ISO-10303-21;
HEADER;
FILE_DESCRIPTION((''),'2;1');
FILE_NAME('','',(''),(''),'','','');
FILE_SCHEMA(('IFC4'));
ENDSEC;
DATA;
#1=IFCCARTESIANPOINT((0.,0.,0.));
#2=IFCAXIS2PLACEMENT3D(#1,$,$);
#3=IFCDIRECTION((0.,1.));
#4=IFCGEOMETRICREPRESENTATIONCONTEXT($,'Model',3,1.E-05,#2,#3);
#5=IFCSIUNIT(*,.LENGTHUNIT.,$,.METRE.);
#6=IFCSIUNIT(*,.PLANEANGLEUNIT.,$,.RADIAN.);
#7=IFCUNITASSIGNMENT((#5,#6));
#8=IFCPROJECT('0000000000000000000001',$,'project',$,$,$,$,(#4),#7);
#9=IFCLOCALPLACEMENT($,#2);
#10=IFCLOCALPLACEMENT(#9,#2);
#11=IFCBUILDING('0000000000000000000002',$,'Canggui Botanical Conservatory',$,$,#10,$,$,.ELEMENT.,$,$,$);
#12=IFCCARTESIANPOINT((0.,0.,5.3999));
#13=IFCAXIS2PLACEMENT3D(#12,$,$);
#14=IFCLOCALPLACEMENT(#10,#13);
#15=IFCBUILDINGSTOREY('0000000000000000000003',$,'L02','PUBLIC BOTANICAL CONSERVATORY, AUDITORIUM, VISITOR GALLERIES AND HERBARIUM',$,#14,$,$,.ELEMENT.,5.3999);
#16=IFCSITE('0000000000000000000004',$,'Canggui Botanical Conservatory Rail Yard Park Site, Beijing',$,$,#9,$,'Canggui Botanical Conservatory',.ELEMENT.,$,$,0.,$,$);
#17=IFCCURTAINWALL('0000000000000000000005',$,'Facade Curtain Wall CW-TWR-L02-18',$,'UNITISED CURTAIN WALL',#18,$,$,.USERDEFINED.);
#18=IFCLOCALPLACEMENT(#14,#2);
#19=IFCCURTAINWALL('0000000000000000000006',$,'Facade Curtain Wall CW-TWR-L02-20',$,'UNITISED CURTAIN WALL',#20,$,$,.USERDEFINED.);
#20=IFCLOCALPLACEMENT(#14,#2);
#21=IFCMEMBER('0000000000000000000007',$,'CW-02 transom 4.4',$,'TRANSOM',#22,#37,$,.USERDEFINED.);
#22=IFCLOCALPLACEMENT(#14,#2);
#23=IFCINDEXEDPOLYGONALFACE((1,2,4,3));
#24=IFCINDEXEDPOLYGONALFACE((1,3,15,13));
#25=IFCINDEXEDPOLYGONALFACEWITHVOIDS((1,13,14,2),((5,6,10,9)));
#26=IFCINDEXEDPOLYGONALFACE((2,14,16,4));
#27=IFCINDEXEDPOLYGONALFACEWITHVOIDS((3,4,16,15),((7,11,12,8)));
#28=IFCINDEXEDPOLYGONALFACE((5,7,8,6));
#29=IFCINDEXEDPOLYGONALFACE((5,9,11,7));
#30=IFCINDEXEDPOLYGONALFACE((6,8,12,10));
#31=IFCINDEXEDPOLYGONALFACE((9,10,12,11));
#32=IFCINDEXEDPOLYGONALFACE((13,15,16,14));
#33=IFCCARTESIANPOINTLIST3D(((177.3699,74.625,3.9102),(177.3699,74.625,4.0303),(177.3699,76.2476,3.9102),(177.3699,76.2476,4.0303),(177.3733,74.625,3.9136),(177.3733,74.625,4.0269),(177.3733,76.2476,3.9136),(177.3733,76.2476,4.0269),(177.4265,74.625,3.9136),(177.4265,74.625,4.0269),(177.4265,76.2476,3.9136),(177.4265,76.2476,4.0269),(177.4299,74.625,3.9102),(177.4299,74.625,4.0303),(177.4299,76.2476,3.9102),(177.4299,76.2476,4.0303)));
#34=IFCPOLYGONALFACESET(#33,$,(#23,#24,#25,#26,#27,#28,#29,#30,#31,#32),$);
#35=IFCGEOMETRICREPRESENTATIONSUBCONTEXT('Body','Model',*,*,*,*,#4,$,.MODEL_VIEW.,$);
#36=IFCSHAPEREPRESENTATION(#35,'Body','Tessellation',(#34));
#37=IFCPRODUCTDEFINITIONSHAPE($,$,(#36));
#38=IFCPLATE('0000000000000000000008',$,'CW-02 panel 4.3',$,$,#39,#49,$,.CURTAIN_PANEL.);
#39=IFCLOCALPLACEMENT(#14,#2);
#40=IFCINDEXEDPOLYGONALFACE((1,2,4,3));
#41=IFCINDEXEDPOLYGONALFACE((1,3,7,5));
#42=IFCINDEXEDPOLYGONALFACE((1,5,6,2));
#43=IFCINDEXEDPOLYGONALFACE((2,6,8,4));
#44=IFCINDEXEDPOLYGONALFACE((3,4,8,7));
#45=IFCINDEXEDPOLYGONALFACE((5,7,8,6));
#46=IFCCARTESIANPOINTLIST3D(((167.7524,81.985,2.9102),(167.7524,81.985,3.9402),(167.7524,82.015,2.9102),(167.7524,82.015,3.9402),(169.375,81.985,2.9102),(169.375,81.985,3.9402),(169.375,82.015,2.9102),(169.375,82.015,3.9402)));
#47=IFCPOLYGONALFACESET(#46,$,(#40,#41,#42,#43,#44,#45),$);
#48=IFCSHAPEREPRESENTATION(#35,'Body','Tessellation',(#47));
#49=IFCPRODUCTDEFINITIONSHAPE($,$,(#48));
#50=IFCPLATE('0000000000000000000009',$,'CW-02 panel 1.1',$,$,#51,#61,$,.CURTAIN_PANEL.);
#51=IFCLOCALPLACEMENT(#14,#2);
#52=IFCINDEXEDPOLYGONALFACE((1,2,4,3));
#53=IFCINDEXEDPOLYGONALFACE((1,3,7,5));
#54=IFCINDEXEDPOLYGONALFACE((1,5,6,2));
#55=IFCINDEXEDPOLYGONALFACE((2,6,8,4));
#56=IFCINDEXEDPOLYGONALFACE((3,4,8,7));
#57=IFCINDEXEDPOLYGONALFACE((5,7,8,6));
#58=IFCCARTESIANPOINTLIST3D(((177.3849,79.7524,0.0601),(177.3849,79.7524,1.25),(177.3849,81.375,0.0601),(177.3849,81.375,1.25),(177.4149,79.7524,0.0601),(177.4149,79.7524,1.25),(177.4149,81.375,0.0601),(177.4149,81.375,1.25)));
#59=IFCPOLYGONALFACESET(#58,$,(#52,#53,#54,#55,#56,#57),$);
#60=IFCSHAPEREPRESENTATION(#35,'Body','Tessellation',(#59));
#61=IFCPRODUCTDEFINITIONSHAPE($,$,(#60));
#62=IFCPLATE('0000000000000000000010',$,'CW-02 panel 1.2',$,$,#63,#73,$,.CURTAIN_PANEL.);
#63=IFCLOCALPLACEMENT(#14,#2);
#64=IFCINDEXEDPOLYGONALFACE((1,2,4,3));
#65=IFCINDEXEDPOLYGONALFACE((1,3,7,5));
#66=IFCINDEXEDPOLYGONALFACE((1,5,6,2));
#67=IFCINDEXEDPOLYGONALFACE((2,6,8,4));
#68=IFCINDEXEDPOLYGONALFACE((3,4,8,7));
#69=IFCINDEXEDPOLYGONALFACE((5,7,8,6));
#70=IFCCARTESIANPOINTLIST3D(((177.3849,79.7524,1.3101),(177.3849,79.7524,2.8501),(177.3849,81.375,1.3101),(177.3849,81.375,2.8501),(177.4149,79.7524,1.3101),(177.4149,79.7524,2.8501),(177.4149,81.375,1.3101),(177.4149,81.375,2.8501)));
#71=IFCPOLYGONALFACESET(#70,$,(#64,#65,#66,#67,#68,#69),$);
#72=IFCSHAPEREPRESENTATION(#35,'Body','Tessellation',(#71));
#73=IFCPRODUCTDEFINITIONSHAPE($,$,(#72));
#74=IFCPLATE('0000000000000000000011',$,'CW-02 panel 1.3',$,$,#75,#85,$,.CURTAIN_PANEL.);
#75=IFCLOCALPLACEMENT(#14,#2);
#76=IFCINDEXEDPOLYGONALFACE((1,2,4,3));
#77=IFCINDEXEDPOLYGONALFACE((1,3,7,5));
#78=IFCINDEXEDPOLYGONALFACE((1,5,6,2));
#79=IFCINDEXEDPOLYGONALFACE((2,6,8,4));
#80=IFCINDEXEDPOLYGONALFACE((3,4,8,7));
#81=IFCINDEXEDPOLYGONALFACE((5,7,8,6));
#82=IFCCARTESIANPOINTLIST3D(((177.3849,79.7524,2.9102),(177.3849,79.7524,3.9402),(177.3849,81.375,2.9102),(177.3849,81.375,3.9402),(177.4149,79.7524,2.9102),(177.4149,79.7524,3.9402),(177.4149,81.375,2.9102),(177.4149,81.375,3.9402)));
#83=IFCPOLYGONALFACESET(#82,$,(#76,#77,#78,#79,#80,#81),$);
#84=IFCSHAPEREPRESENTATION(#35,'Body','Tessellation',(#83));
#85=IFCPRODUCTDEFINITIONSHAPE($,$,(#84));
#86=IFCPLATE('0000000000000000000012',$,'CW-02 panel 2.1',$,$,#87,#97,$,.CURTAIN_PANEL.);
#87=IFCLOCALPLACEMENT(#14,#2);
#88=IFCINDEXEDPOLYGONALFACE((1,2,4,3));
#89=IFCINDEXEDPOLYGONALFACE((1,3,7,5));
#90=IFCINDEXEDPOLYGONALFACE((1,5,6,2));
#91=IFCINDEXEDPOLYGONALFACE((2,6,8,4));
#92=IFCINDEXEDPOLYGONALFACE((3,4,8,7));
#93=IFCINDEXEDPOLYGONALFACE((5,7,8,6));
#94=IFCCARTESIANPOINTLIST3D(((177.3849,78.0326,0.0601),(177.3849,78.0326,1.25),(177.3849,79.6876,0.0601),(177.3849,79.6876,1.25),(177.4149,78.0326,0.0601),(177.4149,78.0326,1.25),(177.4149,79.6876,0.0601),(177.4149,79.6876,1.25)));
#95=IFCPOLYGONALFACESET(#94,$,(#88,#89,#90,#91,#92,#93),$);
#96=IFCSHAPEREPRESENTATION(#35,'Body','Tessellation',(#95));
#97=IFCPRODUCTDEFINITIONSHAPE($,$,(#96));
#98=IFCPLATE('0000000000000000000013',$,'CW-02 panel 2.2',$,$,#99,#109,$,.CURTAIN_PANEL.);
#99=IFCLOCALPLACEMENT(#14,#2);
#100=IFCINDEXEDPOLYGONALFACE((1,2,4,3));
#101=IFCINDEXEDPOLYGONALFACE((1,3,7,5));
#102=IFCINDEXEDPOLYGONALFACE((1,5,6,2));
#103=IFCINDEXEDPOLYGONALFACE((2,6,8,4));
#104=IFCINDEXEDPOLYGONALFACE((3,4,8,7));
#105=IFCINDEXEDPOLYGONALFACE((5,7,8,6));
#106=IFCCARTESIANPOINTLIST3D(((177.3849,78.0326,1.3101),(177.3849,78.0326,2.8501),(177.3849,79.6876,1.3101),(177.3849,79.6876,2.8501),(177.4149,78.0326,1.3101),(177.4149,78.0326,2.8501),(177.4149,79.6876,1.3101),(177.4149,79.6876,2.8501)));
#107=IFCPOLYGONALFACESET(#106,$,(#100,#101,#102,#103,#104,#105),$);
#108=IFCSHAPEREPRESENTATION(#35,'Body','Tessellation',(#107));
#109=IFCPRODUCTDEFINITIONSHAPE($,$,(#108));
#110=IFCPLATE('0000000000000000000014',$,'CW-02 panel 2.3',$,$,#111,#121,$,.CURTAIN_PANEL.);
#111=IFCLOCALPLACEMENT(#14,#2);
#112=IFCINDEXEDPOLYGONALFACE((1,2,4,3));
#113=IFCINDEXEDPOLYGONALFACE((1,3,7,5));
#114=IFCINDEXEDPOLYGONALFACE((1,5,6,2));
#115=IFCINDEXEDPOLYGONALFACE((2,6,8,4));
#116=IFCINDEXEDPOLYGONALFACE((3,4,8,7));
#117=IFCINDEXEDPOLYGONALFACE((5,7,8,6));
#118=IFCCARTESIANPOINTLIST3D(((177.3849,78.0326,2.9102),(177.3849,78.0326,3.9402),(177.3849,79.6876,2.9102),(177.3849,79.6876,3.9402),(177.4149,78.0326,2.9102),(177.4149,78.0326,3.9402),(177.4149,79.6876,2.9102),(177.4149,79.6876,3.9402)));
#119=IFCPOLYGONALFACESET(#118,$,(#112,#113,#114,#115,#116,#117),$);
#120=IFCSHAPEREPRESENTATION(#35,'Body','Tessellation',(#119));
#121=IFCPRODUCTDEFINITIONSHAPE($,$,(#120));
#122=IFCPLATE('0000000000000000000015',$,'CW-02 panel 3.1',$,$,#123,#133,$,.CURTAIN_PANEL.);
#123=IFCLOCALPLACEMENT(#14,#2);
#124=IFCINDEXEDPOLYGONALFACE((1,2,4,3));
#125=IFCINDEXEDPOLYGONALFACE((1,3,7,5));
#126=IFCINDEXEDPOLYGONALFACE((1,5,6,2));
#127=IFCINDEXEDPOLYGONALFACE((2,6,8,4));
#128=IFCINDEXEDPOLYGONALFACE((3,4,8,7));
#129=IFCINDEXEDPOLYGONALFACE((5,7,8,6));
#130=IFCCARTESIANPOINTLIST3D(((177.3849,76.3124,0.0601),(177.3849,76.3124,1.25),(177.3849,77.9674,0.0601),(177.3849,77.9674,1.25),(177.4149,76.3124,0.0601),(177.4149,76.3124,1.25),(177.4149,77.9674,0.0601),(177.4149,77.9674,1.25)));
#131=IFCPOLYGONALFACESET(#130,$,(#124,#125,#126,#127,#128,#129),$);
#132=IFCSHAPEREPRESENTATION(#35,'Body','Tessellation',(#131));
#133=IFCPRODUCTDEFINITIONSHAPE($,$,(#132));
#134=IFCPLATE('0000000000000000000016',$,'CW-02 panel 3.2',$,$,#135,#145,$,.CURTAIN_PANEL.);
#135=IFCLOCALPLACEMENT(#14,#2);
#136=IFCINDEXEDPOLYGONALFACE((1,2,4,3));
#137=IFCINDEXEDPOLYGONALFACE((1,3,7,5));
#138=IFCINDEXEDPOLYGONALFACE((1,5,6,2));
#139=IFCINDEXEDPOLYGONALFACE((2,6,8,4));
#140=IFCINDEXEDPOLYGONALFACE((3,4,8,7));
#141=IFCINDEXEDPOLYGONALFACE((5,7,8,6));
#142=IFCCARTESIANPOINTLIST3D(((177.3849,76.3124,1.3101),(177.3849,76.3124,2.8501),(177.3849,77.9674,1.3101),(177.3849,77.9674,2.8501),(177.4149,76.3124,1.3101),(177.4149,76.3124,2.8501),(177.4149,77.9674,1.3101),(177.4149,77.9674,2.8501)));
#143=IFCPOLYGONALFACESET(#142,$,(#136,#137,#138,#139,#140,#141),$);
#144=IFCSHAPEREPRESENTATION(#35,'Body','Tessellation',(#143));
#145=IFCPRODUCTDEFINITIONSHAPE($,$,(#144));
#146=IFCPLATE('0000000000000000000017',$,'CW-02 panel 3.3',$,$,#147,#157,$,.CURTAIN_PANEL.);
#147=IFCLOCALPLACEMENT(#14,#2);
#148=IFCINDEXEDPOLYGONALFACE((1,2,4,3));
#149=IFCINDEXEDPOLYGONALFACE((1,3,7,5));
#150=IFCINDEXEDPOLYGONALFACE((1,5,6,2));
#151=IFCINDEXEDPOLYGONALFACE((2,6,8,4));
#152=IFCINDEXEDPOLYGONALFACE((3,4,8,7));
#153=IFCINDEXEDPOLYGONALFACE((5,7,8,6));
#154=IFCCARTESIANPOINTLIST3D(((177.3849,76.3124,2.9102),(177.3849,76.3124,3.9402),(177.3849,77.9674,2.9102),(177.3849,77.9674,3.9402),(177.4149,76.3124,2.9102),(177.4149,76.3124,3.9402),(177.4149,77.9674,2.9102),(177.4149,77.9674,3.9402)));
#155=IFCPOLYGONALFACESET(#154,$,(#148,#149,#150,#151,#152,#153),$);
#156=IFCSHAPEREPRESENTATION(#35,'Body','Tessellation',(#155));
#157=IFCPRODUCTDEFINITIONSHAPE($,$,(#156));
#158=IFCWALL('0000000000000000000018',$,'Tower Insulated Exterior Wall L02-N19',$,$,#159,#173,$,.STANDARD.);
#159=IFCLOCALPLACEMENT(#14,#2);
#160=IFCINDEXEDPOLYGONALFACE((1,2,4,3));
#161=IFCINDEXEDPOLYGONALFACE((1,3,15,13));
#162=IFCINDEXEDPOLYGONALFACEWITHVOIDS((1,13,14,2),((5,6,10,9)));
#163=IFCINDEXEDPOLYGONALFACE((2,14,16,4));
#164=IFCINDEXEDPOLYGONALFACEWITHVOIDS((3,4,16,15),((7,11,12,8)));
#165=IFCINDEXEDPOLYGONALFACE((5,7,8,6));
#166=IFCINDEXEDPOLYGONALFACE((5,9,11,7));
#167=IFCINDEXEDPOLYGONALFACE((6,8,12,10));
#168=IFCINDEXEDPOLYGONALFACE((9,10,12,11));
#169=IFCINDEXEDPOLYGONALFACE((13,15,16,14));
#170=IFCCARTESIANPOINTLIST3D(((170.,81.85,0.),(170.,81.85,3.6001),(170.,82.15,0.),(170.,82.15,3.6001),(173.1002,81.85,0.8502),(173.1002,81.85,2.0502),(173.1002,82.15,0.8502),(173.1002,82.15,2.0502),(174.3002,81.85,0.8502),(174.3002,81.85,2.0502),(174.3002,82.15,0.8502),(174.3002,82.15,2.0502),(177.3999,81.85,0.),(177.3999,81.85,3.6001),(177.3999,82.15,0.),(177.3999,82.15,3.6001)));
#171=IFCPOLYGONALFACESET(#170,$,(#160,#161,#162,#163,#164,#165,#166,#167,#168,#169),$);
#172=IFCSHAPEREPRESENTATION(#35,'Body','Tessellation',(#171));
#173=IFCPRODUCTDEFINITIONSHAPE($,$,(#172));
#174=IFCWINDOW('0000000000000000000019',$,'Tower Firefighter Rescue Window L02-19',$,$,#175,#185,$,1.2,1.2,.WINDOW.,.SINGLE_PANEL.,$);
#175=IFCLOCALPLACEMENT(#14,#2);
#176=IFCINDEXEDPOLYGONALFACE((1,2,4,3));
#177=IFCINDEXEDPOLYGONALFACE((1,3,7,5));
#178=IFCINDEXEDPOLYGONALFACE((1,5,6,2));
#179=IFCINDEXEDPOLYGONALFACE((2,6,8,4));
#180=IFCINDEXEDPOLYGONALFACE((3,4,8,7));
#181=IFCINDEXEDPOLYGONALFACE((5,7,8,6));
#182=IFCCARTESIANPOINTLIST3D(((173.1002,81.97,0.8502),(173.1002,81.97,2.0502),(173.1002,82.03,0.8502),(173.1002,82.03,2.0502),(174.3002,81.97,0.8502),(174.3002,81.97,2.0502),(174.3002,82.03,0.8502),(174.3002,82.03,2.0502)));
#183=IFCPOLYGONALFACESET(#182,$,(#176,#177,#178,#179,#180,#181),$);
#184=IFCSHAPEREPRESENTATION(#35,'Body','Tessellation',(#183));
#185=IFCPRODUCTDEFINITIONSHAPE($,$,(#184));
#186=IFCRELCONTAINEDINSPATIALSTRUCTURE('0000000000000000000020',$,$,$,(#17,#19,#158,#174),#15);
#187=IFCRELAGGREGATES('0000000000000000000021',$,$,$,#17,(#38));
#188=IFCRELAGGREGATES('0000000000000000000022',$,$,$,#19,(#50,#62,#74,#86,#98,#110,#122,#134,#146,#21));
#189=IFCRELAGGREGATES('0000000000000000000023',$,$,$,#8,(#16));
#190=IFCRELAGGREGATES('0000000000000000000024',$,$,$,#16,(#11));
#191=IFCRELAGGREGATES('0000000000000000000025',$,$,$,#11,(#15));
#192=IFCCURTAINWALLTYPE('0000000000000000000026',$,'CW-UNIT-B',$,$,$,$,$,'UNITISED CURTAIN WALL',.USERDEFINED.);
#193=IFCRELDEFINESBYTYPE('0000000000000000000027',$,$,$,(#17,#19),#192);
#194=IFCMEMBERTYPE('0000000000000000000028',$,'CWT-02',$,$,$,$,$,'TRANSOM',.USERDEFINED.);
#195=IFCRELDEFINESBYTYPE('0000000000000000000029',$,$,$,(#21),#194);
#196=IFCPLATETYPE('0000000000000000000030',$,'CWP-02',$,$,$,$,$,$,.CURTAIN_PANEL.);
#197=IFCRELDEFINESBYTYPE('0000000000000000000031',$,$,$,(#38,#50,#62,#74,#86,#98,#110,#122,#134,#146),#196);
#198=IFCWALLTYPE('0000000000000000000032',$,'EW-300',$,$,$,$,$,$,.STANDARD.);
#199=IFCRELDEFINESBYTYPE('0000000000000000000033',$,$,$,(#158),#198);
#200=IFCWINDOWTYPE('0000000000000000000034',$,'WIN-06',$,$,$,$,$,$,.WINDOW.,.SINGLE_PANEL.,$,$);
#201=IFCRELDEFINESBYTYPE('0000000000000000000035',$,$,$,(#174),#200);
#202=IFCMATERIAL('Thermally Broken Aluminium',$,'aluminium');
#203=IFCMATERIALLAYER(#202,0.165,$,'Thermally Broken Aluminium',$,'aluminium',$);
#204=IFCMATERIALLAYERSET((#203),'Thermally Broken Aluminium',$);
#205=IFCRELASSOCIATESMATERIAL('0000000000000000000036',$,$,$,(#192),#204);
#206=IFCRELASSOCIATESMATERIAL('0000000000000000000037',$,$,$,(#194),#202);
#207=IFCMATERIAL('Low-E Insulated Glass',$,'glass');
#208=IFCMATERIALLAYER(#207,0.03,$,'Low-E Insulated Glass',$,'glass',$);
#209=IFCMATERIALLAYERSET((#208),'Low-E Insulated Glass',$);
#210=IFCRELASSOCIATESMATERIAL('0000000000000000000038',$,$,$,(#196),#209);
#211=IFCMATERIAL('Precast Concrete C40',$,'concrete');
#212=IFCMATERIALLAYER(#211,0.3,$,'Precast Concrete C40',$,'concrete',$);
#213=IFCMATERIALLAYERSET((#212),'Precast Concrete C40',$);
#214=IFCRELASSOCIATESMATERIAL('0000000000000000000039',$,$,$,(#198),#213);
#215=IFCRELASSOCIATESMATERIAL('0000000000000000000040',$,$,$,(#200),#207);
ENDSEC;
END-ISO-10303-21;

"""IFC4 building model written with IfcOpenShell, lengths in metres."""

from ifc_helpers import new_model, si_unit, direction, frame, frame_2d, origin, origin_2d, place, context, subcontext, project, spatial, rectangle, hollow_rectangle, extrude, material, layer, layer_set, material_profile, profile_set, type_object, element, fill, aggregate, save


model = new_model("IFC4")

# Units and contexts
model_context = context("Model", 3, precision=1e-05, world=origin(), true_north=direction((0.0, 1.0)))
body_context = subcontext(model_context, "Body", "Model", "MODEL_VIEW")
ifc_project = project(units=[si_unit("LENGTHUNIT", "METRE"), si_unit("PLANEANGLEUNIT", "RADIAN")], contexts=[model_context])

# Site, building, storey
site_placement = place(None, origin())
site = spatial("IfcSite", under=ifc_project, at=site_placement, Name="Canggui Botanical Conservatory Rail Yard Park Site, Beijing", LongName="Canggui Botanical Conservatory", CompositionType="ELEMENT", RefElevation=0.0)
building_placement = place(site_placement, origin())
building = spatial("IfcBuilding", under=site, at=building_placement, Name="Canggui Botanical Conservatory", CompositionType="ELEMENT")
storey_placement = place(building_placement, frame((0.0, 0.0, 5.3999)))
storey = spatial("IfcBuildingStorey", under=building, at=storey_placement, Name="L02", Description="PUBLIC BOTANICAL CONSERVATORY, AUDITORIUM, VISITOR GALLERIES AND HERBARIUM", CompositionType="ELEMENT", Elevation=5.3999)

# Curtain wall
ifc_material_1 = material(Name="Thermally Broken Aluminium", Category="aluminium")
ifc_layer_1 = layer(ifc_material_1, 0.165, Name="Thermally Broken Aluminium", Category="aluminium")
ifc_layer_set_1 = layer_set([ifc_layer_1], Name="Thermally Broken Aluminium")
curtain_wall_type = type_object("IfcCurtainWallType", Name="CW-UNIT-B", ElementType="UNITISED CURTAIN WALL", PredefinedType="USERDEFINED", material=ifc_layer_set_1)
curtain_wall_1_placement = place(storey_placement, origin())
curtain_wall_1 = element("IfcCurtainWall", 1, at=curtain_wall_1_placement, inside=storey, type_object=curtain_wall_type, Name="Facade Curtain Wall CW-TWR-L02-18", ObjectType="UNITISED CURTAIN WALL", PredefinedType="USERDEFINED")

# Curtain wall, member
curtain_wall_2_placement = place(storey_placement, origin())
curtain_wall_2 = element("IfcCurtainWall", 2, at=curtain_wall_2_placement, inside=storey, type_object=curtain_wall_type, Name="Facade Curtain Wall CW-TWR-L02-20", ObjectType="UNITISED CURTAIN WALL", PredefinedType="USERDEFINED")
ifc_material_profile_1 = material_profile(ifc_material_1, hollow_rectangle(XDim=0.0601, YDim=0.1201, WallThickness=0.0034, at=origin_2d()), Name="CWT 60x120x3.5")
ifc_profile_set_1 = profile_set([ifc_material_profile_1], Name="Thermally Broken Aluminium")
member_type_1 = type_object("IfcMemberType", Name="CWT-02", ElementType="TRANSOM", PredefinedType="USERDEFINED", material=ifc_profile_set_1)
member_1_placement = place(storey_placement, frame((177.3999, 76.2476, 3.9702), z_axis=(0.0, -1.0, 0.0), x_axis=(1.0, 0.0, 0.0)))
member_1 = element("IfcMember", 3, at=member_1_placement, type_object=member_type_1, Name="CW-02 transom 4.4", ObjectType="TRANSOM", PredefinedType="USERDEFINED", context=body_context, shape_type="SweptSolid", body=[
    extrude(hollow_rectangle(XDim=0.0601, YDim=0.1201, WallThickness=0.0034, at=origin_2d()), origin(), (0.0, 0.0, 1.0), 1.6226),
])

# Plates
ifc_material_2 = material(Name="Low-E Insulated Glass", Category="glass")
ifc_layer_2 = layer(ifc_material_2, 0.03, Name="Low-E Insulated Glass", Category="glass")
ifc_layer_set_2 = layer_set([ifc_layer_2], Name="Low-E Insulated Glass")
plate_type = type_object("IfcPlateType", Name="CWP-02", PredefinedType="CURTAIN_PANEL", material=ifc_layer_set_2)
plate_1_placement = place(storey_placement, frame((168.5637, 82.0, 2.9102), z_axis=(0.0, 0.0, 1.0), x_axis=(1.0, 0.0, 0.0)))
plate_1 = element("IfcPlate", 4, at=plate_1_placement, type_object=plate_type, Name="CW-02 panel 4.3", PredefinedType="CURTAIN_PANEL", context=body_context, shape_type="SweptSolid", body=[
    extrude(rectangle(XDim=1.6226, YDim=0.03, at=origin_2d()), origin(), (0.0, 0.0, 1.0), 1.03),
])
aggregate(curtain_wall_1, [plate_1])
plate_2_placement = place(storey_placement, frame((177.3999, 80.5637, 0.0601), z_axis=(0.0, 0.0, 1.0), x_axis=(0.0, -1.0, 0.0)))
plate_2 = element("IfcPlate", 5, at=plate_2_placement, type_object=plate_type, Name="CW-02 panel 1.1", PredefinedType="CURTAIN_PANEL", context=body_context, shape_type="SweptSolid", body=[
    extrude(rectangle(XDim=1.6226, YDim=0.03, at=origin_2d()), origin(), (0.0, 0.0, 1.0), 1.1899),
])
plate_3_placement = place(storey_placement, frame((177.3999, 80.5637, 1.3101), z_axis=(0.0, 0.0, 1.0), x_axis=(0.0, -1.0, 0.0)))
plate_3 = element("IfcPlate", 6, at=plate_3_placement, type_object=plate_type, Name="CW-02 panel 1.2", PredefinedType="CURTAIN_PANEL", context=body_context, shape_type="SweptSolid", body=[
    extrude(rectangle(XDim=1.6226, YDim=0.03, at=origin_2d()), origin(), (0.0, 0.0, 1.0), 1.54),
])
plate_4_placement = place(storey_placement, frame((177.3999, 80.5637, 2.9102), z_axis=(0.0, 0.0, 1.0), x_axis=(0.0, -1.0, 0.0)))
plate_4 = element("IfcPlate", 7, at=plate_4_placement, type_object=plate_type, Name="CW-02 panel 1.3", PredefinedType="CURTAIN_PANEL", context=body_context, shape_type="SweptSolid", body=[
    extrude(rectangle(XDim=1.6226, YDim=0.03, at=origin_2d()), origin(), (0.0, 0.0, 1.0), 1.03),
])
plate_5_placement = place(storey_placement, frame((177.3999, 78.8601, 0.0601), z_axis=(0.0, 0.0, 1.0), x_axis=(0.0, -1.0, 0.0)))
plate_5 = element("IfcPlate", 8, at=plate_5_placement, type_object=plate_type, Name="CW-02 panel 2.1", PredefinedType="CURTAIN_PANEL", context=body_context, shape_type="SweptSolid", body=[
    extrude(rectangle(XDim=1.655, YDim=0.03, at=origin_2d()), origin(), (0.0, 0.0, 1.0), 1.1899),
])
plate_6_placement = place(storey_placement, frame((177.3999, 78.8601, 1.3101), z_axis=(0.0, 0.0, 1.0), x_axis=(0.0, -1.0, 0.0)))
plate_6 = element("IfcPlate", 9, at=plate_6_placement, type_object=plate_type, Name="CW-02 panel 2.2", PredefinedType="CURTAIN_PANEL", context=body_context, shape_type="SweptSolid", body=[
    extrude(rectangle(XDim=1.655, YDim=0.03, at=origin_2d()), origin(), (0.0, 0.0, 1.0), 1.54),
])
plate_7_placement = place(storey_placement, frame((177.3999, 78.8601, 2.9102), z_axis=(0.0, 0.0, 1.0), x_axis=(0.0, -1.0, 0.0)))
plate_7 = element("IfcPlate", 10, at=plate_7_placement, type_object=plate_type, Name="CW-02 panel 2.3", PredefinedType="CURTAIN_PANEL", context=body_context, shape_type="SweptSolid", body=[
    extrude(rectangle(XDim=1.655, YDim=0.03, at=origin_2d()), origin(), (0.0, 0.0, 1.0), 1.03),
])
plate_8_placement = place(storey_placement, frame((177.3999, 77.1399, 0.0601), z_axis=(0.0, 0.0, 1.0), x_axis=(0.0, -1.0, 0.0)))
plate_8 = element("IfcPlate", 11, at=plate_8_placement, type_object=plate_type, Name="CW-02 panel 3.1", PredefinedType="CURTAIN_PANEL", context=body_context, shape_type="SweptSolid", body=[
    extrude(rectangle(XDim=1.655, YDim=0.03, at=origin_2d()), origin(), (0.0, 0.0, 1.0), 1.1899),
])
plate_9_placement = place(storey_placement, frame((177.3999, 77.1399, 1.3101), z_axis=(0.0, 0.0, 1.0), x_axis=(0.0, -1.0, 0.0)))
plate_9 = element("IfcPlate", 12, at=plate_9_placement, type_object=plate_type, Name="CW-02 panel 3.2", PredefinedType="CURTAIN_PANEL", context=body_context, shape_type="SweptSolid", body=[
    extrude(rectangle(XDim=1.655, YDim=0.03, at=origin_2d()), origin(), (0.0, 0.0, 1.0), 1.54),
])
plate_10_placement = place(storey_placement, frame((177.3999, 77.1399, 2.9102), z_axis=(0.0, 0.0, 1.0), x_axis=(0.0, -1.0, 0.0)))
plate_10 = element("IfcPlate", 13, at=plate_10_placement, type_object=plate_type, Name="CW-02 panel 3.3", PredefinedType="CURTAIN_PANEL", context=body_context, shape_type="SweptSolid", body=[
    extrude(rectangle(XDim=1.655, YDim=0.03, at=origin_2d()), origin(), (0.0, 0.0, 1.0), 1.03),
])
aggregate(curtain_wall_2, [plate_2, plate_3, plate_4, plate_5, plate_6, plate_7, plate_8, plate_9, plate_10, member_1])

# Wall, opening, window
ifc_material_3 = material(Name="Precast Concrete C40", Category="concrete")
ifc_layer_3 = layer(ifc_material_3, 0.3, Name="Precast Concrete C40", Category="concrete")
ifc_layer_set_3 = layer_set([ifc_layer_3], Name="Precast Concrete C40")
wall_type = type_object("IfcWallType", Name="EW-300", PredefinedType="STANDARD", material=ifc_layer_set_3)
wall_placement = place(storey_placement, frame((170.0, 82.0, 0.0), z_axis=(0.0, 0.0, 1.0), x_axis=(1.0, 0.0, 0.0)))
wall = element("IfcWall", 14, at=wall_placement, inside=storey, type_object=wall_type, Name="Tower Insulated Exterior Wall L02-N19", PredefinedType="STANDARD", context=body_context, shape_type="SweptSolid", body=[
    extrude(rectangle(XDim=7.3999, YDim=0.3, at=frame_2d((3.7, 0.0))), origin(), (0.0, 0.0, 1.0), 3.6001),
])
opening_placement = place(wall_placement, frame((3.1001, 0.0, 0.8501)))
opening = element("IfcOpeningElement", 15, at=opening_placement, cuts=wall, PredefinedType="OPENING", context=body_context, shape_type="SweptSolid", body=[
    extrude(rectangle(XDim=1.2, YDim=1.2, at=frame_2d((0.6001, 0.6001))), frame((0.0, 0.1602, 0.0), z_axis=(0.0, -1.0, 0.0), x_axis=(1.0, 0.0, 0.0)), (0.0, 0.0, 1.0), 0.3201),
])
window_type = type_object("IfcWindowType", Name="WIN-06", PartitioningType="SINGLE_PANEL", PredefinedType="WINDOW", material=ifc_material_2)
window_placement = place(opening_placement, origin())
window = element("IfcWindow", 16, at=window_placement, inside=storey, type_object=window_type, Name="Tower Firefighter Rescue Window L02-19", OverallHeight=1.2, OverallWidth=1.2, PartitioningType="SINGLE_PANEL", PredefinedType="WINDOW", context=body_context, shape_type="SweptSolid", body=[
    extrude(rectangle(XDim=1.2, YDim=1.2, at=frame_2d((0.6001, 0.6001))), frame((0.0, 0.03, 0.0), z_axis=(0.0, -1.0, 0.0), x_axis=(1.0, 0.0, 0.0)), (0.0, 0.0, 1.0), 0.0601),
])
fill(opening, window)

save(model, "model.ifc")
